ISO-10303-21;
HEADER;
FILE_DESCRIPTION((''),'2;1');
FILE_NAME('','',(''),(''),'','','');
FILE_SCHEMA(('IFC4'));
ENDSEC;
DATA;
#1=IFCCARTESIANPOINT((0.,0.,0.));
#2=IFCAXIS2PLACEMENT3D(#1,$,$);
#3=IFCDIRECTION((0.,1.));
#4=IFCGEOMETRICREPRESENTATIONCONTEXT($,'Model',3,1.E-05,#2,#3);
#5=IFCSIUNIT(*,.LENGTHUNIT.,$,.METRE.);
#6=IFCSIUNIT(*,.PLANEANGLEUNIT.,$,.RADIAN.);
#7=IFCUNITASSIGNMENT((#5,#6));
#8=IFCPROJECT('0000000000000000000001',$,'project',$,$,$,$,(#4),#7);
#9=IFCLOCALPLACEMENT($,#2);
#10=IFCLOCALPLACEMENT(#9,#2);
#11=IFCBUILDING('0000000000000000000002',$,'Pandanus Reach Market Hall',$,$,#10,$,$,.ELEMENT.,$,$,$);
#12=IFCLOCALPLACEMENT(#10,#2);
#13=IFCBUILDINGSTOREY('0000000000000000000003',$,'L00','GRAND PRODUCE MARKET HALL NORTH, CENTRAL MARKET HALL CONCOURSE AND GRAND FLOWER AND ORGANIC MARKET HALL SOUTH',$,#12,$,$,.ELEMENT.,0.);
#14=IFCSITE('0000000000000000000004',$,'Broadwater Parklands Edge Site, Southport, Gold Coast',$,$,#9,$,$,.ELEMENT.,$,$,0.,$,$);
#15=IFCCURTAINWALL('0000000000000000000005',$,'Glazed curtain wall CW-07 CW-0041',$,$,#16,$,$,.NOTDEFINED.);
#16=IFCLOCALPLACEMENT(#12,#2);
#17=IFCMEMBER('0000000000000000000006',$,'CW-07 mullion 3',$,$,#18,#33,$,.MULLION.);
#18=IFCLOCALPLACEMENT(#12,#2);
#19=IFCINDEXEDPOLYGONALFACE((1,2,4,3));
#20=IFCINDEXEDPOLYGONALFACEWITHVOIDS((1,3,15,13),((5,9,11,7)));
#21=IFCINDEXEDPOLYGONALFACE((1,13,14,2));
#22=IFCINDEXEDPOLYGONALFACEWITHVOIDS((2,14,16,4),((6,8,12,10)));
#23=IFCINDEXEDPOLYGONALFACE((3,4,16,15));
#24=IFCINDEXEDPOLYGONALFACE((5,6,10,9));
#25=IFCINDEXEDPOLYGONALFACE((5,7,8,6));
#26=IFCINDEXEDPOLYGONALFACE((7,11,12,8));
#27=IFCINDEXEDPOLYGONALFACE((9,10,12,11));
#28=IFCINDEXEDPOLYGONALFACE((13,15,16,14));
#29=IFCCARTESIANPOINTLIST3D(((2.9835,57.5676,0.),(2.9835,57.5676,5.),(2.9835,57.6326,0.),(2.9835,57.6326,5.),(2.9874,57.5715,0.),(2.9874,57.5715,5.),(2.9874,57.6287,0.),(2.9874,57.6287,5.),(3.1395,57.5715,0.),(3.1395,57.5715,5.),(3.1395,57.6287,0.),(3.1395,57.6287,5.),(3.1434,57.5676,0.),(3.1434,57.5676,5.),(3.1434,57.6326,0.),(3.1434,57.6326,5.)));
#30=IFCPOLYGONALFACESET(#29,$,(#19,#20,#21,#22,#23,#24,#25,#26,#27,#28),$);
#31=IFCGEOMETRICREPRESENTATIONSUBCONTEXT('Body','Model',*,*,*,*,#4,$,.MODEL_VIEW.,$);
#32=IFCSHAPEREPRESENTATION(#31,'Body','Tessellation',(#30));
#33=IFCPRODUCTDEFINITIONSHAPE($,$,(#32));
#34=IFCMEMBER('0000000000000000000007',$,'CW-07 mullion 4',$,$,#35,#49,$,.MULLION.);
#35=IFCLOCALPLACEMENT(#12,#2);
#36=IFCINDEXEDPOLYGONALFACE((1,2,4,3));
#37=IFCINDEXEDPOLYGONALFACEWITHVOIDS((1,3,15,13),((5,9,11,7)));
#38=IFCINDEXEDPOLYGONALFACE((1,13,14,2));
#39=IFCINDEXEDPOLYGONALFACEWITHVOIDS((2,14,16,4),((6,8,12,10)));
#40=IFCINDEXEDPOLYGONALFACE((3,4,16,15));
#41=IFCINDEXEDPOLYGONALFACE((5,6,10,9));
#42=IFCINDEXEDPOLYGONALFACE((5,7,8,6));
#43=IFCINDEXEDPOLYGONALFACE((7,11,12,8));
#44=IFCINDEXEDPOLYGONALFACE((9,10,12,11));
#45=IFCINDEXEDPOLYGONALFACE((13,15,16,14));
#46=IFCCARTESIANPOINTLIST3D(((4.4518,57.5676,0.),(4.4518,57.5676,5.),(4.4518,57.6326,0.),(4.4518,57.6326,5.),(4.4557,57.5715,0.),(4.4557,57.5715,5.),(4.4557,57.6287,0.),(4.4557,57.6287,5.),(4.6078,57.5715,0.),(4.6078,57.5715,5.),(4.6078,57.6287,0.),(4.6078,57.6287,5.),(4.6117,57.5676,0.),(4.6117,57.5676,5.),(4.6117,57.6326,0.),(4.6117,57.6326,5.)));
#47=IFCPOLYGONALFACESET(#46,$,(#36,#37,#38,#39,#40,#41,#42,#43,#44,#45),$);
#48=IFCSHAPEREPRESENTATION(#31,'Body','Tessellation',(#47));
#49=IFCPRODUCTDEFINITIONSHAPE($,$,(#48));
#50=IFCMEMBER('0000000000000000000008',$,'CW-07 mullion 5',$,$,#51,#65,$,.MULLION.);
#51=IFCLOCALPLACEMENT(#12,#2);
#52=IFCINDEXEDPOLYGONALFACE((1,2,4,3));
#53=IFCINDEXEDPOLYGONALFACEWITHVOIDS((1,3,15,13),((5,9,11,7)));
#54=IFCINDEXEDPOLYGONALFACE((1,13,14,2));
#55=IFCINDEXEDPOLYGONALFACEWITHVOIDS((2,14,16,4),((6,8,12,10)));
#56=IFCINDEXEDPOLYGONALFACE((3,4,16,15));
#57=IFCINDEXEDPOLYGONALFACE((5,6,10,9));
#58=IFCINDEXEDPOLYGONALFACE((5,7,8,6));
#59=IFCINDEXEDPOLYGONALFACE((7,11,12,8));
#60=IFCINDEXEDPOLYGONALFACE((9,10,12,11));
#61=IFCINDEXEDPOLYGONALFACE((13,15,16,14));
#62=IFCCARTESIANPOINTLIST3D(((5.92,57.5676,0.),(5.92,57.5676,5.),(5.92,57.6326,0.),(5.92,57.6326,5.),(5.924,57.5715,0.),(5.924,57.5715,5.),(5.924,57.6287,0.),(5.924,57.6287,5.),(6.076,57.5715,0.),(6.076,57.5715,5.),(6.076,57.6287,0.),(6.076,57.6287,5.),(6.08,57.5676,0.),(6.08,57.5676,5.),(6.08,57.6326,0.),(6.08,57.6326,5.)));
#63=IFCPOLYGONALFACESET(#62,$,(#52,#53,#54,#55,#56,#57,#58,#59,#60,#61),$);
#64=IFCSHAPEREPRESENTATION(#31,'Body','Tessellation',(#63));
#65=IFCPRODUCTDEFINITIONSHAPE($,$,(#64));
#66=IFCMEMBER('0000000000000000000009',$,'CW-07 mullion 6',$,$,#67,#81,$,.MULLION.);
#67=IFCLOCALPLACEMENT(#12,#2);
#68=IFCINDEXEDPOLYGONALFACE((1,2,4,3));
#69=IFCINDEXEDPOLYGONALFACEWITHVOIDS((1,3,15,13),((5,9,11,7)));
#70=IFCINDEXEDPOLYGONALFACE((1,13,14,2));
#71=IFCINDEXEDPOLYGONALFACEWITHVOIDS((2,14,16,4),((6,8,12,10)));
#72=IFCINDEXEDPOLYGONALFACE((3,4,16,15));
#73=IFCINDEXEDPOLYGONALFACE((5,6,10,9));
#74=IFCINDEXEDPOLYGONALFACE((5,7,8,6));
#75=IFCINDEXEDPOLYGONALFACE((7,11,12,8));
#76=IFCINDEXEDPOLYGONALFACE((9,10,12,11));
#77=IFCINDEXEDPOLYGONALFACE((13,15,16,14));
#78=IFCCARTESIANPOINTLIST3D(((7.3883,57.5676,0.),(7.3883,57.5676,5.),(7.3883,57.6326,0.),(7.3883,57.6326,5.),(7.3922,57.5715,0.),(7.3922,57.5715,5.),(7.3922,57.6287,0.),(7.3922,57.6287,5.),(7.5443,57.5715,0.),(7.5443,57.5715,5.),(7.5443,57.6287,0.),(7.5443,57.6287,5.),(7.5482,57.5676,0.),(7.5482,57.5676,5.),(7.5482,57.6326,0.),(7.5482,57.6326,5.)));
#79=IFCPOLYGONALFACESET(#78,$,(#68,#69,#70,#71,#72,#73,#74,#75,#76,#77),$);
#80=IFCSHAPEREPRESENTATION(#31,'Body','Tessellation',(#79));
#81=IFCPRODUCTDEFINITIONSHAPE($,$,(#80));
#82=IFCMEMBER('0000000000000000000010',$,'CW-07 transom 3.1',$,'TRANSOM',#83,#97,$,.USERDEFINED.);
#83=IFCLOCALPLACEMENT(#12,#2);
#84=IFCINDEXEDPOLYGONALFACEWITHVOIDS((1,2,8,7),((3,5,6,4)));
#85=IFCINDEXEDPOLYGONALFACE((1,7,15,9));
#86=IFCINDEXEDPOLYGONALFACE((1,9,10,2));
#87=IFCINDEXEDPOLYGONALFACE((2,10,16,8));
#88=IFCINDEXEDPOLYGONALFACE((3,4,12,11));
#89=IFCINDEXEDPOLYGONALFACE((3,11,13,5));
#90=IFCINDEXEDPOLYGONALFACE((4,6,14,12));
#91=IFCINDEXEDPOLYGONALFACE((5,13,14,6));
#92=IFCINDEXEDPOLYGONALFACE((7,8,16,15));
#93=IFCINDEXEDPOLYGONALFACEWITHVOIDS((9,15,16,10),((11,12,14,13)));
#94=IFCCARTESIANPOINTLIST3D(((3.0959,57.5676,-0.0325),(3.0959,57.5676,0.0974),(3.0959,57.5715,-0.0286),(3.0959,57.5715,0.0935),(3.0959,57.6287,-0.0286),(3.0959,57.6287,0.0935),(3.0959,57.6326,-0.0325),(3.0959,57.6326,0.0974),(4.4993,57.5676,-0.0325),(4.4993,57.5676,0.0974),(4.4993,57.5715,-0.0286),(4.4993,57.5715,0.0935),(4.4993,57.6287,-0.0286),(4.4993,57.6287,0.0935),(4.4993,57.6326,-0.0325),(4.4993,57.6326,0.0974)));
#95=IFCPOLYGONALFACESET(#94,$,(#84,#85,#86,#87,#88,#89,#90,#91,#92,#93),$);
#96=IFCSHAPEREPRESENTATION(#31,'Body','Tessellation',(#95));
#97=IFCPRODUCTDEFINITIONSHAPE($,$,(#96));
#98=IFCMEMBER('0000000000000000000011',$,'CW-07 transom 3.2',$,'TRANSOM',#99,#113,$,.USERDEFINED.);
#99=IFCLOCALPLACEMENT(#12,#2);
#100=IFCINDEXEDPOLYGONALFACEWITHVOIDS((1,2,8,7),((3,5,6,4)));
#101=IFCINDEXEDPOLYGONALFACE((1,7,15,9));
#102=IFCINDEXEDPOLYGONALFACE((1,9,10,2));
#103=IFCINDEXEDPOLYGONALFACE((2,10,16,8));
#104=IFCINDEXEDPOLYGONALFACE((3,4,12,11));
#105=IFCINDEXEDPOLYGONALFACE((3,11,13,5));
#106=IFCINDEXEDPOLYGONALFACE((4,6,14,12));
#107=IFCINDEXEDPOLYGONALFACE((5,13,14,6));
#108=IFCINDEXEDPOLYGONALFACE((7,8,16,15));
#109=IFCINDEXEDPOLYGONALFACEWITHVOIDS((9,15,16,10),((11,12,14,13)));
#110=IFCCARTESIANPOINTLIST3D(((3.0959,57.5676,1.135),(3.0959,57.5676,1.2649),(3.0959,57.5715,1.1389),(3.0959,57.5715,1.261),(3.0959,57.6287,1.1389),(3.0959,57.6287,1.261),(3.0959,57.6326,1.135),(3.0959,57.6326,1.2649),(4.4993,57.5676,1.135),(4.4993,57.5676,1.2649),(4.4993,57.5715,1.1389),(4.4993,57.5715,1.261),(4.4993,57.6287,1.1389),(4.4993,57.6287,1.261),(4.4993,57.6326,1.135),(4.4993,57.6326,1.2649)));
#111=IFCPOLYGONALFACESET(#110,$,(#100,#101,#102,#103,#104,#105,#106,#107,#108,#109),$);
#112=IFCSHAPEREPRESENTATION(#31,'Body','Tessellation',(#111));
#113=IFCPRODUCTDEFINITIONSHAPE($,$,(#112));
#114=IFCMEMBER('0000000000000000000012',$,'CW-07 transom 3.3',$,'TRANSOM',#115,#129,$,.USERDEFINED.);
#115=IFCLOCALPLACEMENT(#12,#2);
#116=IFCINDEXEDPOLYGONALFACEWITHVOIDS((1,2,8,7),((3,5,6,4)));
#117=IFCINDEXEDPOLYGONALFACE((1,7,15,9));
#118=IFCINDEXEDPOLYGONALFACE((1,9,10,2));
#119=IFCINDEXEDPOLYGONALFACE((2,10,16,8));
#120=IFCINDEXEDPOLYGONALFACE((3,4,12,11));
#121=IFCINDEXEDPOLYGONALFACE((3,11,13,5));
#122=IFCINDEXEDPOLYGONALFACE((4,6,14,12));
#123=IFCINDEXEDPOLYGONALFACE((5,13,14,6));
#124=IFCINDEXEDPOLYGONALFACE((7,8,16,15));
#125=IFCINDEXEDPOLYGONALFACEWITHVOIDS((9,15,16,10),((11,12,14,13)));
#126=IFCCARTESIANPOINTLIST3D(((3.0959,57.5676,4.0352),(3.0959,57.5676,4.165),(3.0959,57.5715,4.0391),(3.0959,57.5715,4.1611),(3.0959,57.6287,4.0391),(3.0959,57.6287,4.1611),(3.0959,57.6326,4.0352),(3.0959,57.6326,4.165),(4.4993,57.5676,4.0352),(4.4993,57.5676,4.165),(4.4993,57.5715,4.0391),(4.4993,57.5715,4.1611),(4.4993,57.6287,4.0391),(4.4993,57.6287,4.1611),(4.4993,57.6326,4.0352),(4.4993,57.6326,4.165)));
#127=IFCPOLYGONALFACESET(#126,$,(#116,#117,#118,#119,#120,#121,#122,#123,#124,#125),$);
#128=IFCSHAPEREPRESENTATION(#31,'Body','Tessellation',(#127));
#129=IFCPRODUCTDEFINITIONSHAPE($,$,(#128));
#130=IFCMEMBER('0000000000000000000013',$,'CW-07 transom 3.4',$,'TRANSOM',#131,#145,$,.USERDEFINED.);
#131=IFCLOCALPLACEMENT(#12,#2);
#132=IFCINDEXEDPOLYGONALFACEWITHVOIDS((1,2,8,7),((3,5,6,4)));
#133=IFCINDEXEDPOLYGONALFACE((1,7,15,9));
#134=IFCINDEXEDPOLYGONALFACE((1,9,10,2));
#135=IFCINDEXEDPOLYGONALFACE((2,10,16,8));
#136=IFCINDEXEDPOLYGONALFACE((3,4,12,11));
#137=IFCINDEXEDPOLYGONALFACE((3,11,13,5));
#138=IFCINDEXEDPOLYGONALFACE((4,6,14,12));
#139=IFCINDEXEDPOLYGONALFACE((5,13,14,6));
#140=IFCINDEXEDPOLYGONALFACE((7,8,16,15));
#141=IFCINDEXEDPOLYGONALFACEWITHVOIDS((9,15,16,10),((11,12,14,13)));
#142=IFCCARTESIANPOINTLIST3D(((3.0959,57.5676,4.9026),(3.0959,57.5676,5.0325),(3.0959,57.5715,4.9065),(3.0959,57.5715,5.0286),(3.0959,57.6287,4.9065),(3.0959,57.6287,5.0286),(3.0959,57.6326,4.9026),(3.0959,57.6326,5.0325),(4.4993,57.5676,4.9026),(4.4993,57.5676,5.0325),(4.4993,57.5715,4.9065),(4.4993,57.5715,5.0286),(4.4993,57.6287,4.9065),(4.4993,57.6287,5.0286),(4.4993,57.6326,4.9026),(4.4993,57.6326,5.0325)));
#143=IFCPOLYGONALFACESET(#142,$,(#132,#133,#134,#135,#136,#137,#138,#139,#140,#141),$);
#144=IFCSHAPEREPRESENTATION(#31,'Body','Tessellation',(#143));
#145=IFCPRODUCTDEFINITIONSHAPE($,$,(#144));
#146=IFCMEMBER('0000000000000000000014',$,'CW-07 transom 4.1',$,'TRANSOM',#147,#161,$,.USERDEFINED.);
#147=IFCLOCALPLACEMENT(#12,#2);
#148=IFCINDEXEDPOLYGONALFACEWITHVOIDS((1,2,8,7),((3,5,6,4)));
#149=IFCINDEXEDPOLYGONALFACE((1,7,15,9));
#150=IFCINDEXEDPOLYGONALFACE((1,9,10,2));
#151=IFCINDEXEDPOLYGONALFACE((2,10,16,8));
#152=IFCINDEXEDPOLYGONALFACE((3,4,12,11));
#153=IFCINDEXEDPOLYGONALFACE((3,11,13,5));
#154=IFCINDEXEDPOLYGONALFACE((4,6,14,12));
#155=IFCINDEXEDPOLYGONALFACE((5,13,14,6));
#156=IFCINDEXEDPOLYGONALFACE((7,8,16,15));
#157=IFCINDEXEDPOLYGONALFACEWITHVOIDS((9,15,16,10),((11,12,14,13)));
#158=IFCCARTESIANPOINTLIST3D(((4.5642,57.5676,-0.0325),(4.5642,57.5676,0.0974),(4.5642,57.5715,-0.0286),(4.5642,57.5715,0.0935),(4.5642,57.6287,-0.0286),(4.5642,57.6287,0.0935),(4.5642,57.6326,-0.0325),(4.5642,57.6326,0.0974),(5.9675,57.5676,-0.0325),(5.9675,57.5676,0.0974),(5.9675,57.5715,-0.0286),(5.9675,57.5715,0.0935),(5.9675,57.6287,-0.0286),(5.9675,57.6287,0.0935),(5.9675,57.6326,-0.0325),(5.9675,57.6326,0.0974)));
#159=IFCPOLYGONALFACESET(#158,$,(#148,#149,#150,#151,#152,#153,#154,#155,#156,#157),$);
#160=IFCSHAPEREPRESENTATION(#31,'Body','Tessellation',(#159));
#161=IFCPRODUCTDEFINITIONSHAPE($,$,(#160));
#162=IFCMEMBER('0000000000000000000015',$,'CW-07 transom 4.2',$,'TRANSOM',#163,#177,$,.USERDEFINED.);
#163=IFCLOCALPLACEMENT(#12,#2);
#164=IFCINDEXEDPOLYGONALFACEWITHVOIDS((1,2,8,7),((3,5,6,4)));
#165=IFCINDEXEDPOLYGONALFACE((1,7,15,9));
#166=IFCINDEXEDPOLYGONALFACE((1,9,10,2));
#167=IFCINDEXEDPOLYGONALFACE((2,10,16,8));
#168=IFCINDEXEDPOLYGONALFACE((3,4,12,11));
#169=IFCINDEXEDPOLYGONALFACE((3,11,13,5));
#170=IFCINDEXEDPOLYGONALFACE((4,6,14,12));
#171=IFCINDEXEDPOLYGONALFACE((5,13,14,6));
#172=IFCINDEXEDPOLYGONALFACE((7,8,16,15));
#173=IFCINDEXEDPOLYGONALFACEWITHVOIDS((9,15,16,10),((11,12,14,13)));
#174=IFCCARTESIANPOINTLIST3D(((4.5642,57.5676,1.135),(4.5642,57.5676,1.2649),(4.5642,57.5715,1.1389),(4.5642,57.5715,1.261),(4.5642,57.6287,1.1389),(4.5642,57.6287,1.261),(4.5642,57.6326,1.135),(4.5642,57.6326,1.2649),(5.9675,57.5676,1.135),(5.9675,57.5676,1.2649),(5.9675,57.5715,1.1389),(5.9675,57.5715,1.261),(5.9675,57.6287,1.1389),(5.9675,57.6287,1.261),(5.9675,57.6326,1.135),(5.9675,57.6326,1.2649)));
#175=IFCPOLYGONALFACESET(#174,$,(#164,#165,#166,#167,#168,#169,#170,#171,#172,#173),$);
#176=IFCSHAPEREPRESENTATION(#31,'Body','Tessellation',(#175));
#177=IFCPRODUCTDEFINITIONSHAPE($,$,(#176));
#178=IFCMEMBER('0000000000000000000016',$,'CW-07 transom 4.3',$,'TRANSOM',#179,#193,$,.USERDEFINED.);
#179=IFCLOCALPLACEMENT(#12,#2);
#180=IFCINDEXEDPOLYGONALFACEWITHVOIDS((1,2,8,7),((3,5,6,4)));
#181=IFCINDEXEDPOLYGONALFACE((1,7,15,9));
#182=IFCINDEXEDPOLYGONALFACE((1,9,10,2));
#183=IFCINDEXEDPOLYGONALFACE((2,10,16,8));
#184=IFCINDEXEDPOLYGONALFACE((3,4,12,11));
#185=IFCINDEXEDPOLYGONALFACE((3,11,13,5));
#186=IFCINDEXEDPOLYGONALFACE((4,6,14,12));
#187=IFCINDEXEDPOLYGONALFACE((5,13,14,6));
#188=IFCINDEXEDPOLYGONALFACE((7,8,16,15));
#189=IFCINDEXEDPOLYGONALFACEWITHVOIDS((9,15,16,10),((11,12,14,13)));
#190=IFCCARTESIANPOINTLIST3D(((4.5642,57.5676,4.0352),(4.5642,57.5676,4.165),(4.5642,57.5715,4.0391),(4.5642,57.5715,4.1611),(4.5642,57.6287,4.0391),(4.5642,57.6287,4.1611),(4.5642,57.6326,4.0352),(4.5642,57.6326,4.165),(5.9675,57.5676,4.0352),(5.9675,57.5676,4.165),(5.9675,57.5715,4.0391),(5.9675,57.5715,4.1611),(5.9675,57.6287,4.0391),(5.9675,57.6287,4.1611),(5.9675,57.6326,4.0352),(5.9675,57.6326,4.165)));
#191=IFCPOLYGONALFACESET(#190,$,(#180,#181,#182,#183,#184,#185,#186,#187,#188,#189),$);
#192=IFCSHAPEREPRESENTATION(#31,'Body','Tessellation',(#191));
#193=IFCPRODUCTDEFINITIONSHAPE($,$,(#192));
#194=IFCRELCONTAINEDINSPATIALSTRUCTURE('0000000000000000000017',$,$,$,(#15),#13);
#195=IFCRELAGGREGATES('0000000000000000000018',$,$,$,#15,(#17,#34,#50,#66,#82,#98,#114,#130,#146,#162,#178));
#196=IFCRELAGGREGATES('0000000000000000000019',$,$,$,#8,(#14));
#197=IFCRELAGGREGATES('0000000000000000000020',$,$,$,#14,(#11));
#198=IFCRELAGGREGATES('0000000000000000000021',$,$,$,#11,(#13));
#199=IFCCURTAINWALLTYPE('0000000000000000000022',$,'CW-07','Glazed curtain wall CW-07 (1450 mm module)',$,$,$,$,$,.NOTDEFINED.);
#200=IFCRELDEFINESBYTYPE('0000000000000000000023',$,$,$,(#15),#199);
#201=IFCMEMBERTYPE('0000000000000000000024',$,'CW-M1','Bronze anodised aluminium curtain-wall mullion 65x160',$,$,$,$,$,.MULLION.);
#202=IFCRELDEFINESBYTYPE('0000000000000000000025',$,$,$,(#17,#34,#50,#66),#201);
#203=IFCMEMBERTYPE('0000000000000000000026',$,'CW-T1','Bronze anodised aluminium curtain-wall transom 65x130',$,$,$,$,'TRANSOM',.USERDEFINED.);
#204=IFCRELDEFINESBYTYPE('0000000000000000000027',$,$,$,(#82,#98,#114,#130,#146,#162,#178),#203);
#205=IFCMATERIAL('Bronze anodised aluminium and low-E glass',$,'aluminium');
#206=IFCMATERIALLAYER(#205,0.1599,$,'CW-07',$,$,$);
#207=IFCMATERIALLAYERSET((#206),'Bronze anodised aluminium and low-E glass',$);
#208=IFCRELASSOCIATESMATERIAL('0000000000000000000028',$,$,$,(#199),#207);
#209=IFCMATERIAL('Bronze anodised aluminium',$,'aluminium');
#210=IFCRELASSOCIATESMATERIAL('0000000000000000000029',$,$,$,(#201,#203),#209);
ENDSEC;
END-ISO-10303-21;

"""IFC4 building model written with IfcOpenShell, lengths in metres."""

from ifc_helpers import new_model, si_unit, direction, frame, origin, origin_2d, place, context, subcontext, project, spatial, hollow_rectangle, extrude, material, layer, layer_set, material_profile, profile_set, type_object, element, aggregate, save


model = new_model("IFC4")

# Units and contexts
model_context = context("Model", 3, precision=1e-05, world=origin(), true_north=direction((0.0, 1.0)))
body_context = subcontext(model_context, "Body", "Model", "MODEL_VIEW")
ifc_project = project(units=[si_unit("LENGTHUNIT", "METRE"), si_unit("PLANEANGLEUNIT", "RADIAN")], contexts=[model_context])

# Site, building, storey
site_placement = place(None, origin())
site = spatial("IfcSite", under=ifc_project, at=site_placement, Name="Broadwater Parklands Edge Site, Southport, Gold Coast", CompositionType="ELEMENT", RefElevation=0.0)
building_placement = place(site_placement, origin())
building = spatial("IfcBuilding", under=site, at=building_placement, Name="Pandanus Reach Market Hall", CompositionType="ELEMENT")
storey_placement = place(building_placement, origin())
storey = spatial("IfcBuildingStorey", under=building, at=storey_placement, Name="L00", Description="GRAND PRODUCE MARKET HALL NORTH, CENTRAL MARKET HALL CONCOURSE AND GRAND FLOWER AND ORGANIC MARKET HALL SOUTH", CompositionType="ELEMENT", Elevation=0.0)

# Curtain wall, members
ifc_material_1 = material(Name="Bronze anodised aluminium and low-E glass", Category="aluminium")
ifc_layer_1 = layer(ifc_material_1, 0.1599, Name="CW-07")
ifc_layer_set_1 = layer_set([ifc_layer_1], Name="Bronze anodised aluminium and low-E glass")
curtain_wall_type = type_object("IfcCurtainWallType", Name="CW-07", Description="Glazed curtain wall CW-07 (1450 mm module)", PredefinedType="NOTDEFINED", material=ifc_layer_set_1)
curtain_wall_placement = place(storey_placement, origin())
curtain_wall = element("IfcCurtainWall", 1, at=curtain_wall_placement, inside=storey, type_object=curtain_wall_type, Name="Glazed curtain wall CW-07 CW-0041", PredefinedType="NOTDEFINED")
ifc_material_2 = material(Name="Bronze anodised aluminium", Category="aluminium")
ifc_material_profile_1 = material_profile(ifc_material_2, hollow_rectangle(XDim=0.0649, YDim=0.1599, WallThickness=0.0039, at=origin_2d()), Name="ALU65x160", Category="LoadBearing")
ifc_profile_set_1 = profile_set([ifc_material_profile_1], Name="Bronze anodised aluminium")
member_type_1 = type_object("IfcMemberType", Name="CW-M1", Description="Bronze anodised aluminium curtain-wall mullion 65x160", PredefinedType="MULLION", material=ifc_profile_set_1)
member_1_placement = place(storey_placement, frame((3.0635, 57.6001, 0.0), z_axis=(0.0, 0.0, 1.0), x_axis=(0.0, 1.0, 0.0)))
member_1 = element("IfcMember", 2, at=member_1_placement, type_object=member_type_1, Name="CW-07 mullion 3", PredefinedType="MULLION", context=body_context, shape_type="SweptSolid", body=[
    extrude(hollow_rectangle(XDim=0.0649, YDim=0.1599, WallThickness=0.0039, at=origin_2d()), origin(), (0.0, 0.0, 1.0), 5.0),
])
member_2_placement = place(storey_placement, frame((4.5317, 57.6001, 0.0), z_axis=(0.0, 0.0, 1.0), x_axis=(0.0, 1.0, 0.0)))
member_2 = element("IfcMember", 3, at=member_2_placement, type_object=member_type_1, Name="CW-07 mullion 4", PredefinedType="MULLION", context=body_context, shape_type="SweptSolid", body=[
    extrude(hollow_rectangle(XDim=0.0649, YDim=0.1599, WallThickness=0.0039, at=origin_2d()), origin(), (0.0, 0.0, 1.0), 5.0),
])
member_3_placement = place(storey_placement, frame((6.0, 57.6001, 0.0), z_axis=(0.0, 0.0, 1.0), x_axis=(0.0, 1.0, 0.0)))
member_3 = element("IfcMember", 4, at=member_3_placement, type_object=member_type_1, Name="CW-07 mullion 5", PredefinedType="MULLION", context=body_context, shape_type="SweptSolid", body=[
    extrude(hollow_rectangle(XDim=0.0649, YDim=0.1599, WallThickness=0.0039, at=origin_2d()), origin(), (0.0, 0.0, 1.0), 5.0),
])
member_4_placement = place(storey_placement, frame((7.4683, 57.6001, 0.0), z_axis=(0.0, 0.0, 1.0), x_axis=(0.0, 1.0, 0.0)))
member_4 = element("IfcMember", 5, at=member_4_placement, type_object=member_type_1, Name="CW-07 mullion 6", PredefinedType="MULLION", context=body_context, shape_type="SweptSolid", body=[
    extrude(hollow_rectangle(XDim=0.0649, YDim=0.1599, WallThickness=0.0039, at=origin_2d()), origin(), (0.0, 0.0, 1.0), 5.0),
])
ifc_material_profile_2 = material_profile(ifc_material_2, hollow_rectangle(XDim=0.0649, YDim=0.1299, WallThickness=0.0039, at=origin_2d()), Name="ALU65x130", Category="LoadBearing")
ifc_profile_set_2 = profile_set([ifc_material_profile_2], Name="Bronze anodised aluminium")
member_type_2 = type_object("IfcMemberType", Name="CW-T1", Description="Bronze anodised aluminium curtain-wall transom 65x130", ElementType="TRANSOM", PredefinedType="USERDEFINED", material=ifc_profile_set_2)
member_5_placement = place(storey_placement, frame((3.0959, 57.6001, 0.0325), z_axis=(1.0, 0.0, 0.0), x_axis=(0.0, 1.0, 0.0)))
member_5 = element("IfcMember", 6, at=member_5_placement, type_object=member_type_2, Name="CW-07 transom 3.1", ObjectType="TRANSOM", PredefinedType="USERDEFINED", context=body_context, shape_type="SweptSolid", body=[
    extrude(hollow_rectangle(XDim=0.0649, YDim=0.1299, WallThickness=0.0039, at=origin_2d()), origin(), (0.0, 0.0, 1.0), 1.4033),
])
member_6_placement = place(storey_placement, frame((3.0959, 57.6001, 1.2), z_axis=(1.0, 0.0, 0.0), x_axis=(0.0, 1.0, 0.0)))
member_6 = element("IfcMember", 7, at=member_6_placement, type_object=member_type_2, Name="CW-07 transom 3.2", ObjectType="TRANSOM", PredefinedType="USERDEFINED", context=body_context, shape_type="SweptSolid", body=[
    extrude(hollow_rectangle(XDim=0.0649, YDim=0.1299, WallThickness=0.0039, at=origin_2d()), origin(), (0.0, 0.0, 1.0), 1.4033),
])
member_7_placement = place(storey_placement, frame((3.0959, 57.6001, 4.1001), z_axis=(1.0, 0.0, 0.0), x_axis=(0.0, 1.0, 0.0)))
member_7 = element("IfcMember", 8, at=member_7_placement, type_object=member_type_2, Name="CW-07 transom 3.3", ObjectType="TRANSOM", PredefinedType="USERDEFINED", context=body_context, shape_type="SweptSolid", body=[
    extrude(hollow_rectangle(XDim=0.0649, YDim=0.1299, WallThickness=0.0039, at=origin_2d()), origin(), (0.0, 0.0, 1.0), 1.4033),
])
member_8_placement = place(storey_placement, frame((3.0959, 57.6001, 4.9675), z_axis=(1.0, 0.0, 0.0), x_axis=(0.0, 1.0, 0.0)))
member_8 = element("IfcMember", 9, at=member_8_placement, type_object=member_type_2, Name="CW-07 transom 3.4", ObjectType="TRANSOM", PredefinedType="USERDEFINED", context=body_context, shape_type="SweptSolid", body=[
    extrude(hollow_rectangle(XDim=0.0649, YDim=0.1299, WallThickness=0.0039, at=origin_2d()), origin(), (0.0, 0.0, 1.0), 1.4033),
])
member_9_placement = place(storey_placement, frame((4.5642, 57.6001, 0.0325), z_axis=(1.0, 0.0, 0.0), x_axis=(0.0, 1.0, 0.0)))
member_9 = element("IfcMember", 10, at=member_9_placement, type_object=member_type_2, Name="CW-07 transom 4.1", ObjectType="TRANSOM", PredefinedType="USERDEFINED", context=body_context, shape_type="SweptSolid", body=[
    extrude(hollow_rectangle(XDim=0.0649, YDim=0.1299, WallThickness=0.0039, at=origin_2d()), origin(), (0.0, 0.0, 1.0), 1.4033),
])
member_10_placement = place(storey_placement, frame((4.5642, 57.6001, 1.2), z_axis=(1.0, 0.0, 0.0), x_axis=(0.0, 1.0, 0.0)))
member_10 = element("IfcMember", 11, at=member_10_placement, type_object=member_type_2, Name="CW-07 transom 4.2", ObjectType="TRANSOM", PredefinedType="USERDEFINED", context=body_context, shape_type="SweptSolid", body=[
    extrude(hollow_rectangle(XDim=0.0649, YDim=0.1299, WallThickness=0.0039, at=origin_2d()), origin(), (0.0, 0.0, 1.0), 1.4033),
])
member_11_placement = place(storey_placement, frame((4.5642, 57.6001, 4.1001), z_axis=(1.0, 0.0, 0.0), x_axis=(0.0, 1.0, 0.0)))
member_11 = element("IfcMember", 12, at=member_11_placement, type_object=member_type_2, Name="CW-07 transom 4.3", ObjectType="TRANSOM", PredefinedType="USERDEFINED", context=body_context, shape_type="SweptSolid", body=[
    extrude(hollow_rectangle(XDim=0.0649, YDim=0.1299, WallThickness=0.0039, at=origin_2d()), origin(), (0.0, 0.0, 1.0), 1.4033),
])

aggregate(curtain_wall, [member_1, member_2, member_3, member_4, member_5, member_6, member_7, member_8, member_9, member_10, member_11])

save(model, "model.ifc")
